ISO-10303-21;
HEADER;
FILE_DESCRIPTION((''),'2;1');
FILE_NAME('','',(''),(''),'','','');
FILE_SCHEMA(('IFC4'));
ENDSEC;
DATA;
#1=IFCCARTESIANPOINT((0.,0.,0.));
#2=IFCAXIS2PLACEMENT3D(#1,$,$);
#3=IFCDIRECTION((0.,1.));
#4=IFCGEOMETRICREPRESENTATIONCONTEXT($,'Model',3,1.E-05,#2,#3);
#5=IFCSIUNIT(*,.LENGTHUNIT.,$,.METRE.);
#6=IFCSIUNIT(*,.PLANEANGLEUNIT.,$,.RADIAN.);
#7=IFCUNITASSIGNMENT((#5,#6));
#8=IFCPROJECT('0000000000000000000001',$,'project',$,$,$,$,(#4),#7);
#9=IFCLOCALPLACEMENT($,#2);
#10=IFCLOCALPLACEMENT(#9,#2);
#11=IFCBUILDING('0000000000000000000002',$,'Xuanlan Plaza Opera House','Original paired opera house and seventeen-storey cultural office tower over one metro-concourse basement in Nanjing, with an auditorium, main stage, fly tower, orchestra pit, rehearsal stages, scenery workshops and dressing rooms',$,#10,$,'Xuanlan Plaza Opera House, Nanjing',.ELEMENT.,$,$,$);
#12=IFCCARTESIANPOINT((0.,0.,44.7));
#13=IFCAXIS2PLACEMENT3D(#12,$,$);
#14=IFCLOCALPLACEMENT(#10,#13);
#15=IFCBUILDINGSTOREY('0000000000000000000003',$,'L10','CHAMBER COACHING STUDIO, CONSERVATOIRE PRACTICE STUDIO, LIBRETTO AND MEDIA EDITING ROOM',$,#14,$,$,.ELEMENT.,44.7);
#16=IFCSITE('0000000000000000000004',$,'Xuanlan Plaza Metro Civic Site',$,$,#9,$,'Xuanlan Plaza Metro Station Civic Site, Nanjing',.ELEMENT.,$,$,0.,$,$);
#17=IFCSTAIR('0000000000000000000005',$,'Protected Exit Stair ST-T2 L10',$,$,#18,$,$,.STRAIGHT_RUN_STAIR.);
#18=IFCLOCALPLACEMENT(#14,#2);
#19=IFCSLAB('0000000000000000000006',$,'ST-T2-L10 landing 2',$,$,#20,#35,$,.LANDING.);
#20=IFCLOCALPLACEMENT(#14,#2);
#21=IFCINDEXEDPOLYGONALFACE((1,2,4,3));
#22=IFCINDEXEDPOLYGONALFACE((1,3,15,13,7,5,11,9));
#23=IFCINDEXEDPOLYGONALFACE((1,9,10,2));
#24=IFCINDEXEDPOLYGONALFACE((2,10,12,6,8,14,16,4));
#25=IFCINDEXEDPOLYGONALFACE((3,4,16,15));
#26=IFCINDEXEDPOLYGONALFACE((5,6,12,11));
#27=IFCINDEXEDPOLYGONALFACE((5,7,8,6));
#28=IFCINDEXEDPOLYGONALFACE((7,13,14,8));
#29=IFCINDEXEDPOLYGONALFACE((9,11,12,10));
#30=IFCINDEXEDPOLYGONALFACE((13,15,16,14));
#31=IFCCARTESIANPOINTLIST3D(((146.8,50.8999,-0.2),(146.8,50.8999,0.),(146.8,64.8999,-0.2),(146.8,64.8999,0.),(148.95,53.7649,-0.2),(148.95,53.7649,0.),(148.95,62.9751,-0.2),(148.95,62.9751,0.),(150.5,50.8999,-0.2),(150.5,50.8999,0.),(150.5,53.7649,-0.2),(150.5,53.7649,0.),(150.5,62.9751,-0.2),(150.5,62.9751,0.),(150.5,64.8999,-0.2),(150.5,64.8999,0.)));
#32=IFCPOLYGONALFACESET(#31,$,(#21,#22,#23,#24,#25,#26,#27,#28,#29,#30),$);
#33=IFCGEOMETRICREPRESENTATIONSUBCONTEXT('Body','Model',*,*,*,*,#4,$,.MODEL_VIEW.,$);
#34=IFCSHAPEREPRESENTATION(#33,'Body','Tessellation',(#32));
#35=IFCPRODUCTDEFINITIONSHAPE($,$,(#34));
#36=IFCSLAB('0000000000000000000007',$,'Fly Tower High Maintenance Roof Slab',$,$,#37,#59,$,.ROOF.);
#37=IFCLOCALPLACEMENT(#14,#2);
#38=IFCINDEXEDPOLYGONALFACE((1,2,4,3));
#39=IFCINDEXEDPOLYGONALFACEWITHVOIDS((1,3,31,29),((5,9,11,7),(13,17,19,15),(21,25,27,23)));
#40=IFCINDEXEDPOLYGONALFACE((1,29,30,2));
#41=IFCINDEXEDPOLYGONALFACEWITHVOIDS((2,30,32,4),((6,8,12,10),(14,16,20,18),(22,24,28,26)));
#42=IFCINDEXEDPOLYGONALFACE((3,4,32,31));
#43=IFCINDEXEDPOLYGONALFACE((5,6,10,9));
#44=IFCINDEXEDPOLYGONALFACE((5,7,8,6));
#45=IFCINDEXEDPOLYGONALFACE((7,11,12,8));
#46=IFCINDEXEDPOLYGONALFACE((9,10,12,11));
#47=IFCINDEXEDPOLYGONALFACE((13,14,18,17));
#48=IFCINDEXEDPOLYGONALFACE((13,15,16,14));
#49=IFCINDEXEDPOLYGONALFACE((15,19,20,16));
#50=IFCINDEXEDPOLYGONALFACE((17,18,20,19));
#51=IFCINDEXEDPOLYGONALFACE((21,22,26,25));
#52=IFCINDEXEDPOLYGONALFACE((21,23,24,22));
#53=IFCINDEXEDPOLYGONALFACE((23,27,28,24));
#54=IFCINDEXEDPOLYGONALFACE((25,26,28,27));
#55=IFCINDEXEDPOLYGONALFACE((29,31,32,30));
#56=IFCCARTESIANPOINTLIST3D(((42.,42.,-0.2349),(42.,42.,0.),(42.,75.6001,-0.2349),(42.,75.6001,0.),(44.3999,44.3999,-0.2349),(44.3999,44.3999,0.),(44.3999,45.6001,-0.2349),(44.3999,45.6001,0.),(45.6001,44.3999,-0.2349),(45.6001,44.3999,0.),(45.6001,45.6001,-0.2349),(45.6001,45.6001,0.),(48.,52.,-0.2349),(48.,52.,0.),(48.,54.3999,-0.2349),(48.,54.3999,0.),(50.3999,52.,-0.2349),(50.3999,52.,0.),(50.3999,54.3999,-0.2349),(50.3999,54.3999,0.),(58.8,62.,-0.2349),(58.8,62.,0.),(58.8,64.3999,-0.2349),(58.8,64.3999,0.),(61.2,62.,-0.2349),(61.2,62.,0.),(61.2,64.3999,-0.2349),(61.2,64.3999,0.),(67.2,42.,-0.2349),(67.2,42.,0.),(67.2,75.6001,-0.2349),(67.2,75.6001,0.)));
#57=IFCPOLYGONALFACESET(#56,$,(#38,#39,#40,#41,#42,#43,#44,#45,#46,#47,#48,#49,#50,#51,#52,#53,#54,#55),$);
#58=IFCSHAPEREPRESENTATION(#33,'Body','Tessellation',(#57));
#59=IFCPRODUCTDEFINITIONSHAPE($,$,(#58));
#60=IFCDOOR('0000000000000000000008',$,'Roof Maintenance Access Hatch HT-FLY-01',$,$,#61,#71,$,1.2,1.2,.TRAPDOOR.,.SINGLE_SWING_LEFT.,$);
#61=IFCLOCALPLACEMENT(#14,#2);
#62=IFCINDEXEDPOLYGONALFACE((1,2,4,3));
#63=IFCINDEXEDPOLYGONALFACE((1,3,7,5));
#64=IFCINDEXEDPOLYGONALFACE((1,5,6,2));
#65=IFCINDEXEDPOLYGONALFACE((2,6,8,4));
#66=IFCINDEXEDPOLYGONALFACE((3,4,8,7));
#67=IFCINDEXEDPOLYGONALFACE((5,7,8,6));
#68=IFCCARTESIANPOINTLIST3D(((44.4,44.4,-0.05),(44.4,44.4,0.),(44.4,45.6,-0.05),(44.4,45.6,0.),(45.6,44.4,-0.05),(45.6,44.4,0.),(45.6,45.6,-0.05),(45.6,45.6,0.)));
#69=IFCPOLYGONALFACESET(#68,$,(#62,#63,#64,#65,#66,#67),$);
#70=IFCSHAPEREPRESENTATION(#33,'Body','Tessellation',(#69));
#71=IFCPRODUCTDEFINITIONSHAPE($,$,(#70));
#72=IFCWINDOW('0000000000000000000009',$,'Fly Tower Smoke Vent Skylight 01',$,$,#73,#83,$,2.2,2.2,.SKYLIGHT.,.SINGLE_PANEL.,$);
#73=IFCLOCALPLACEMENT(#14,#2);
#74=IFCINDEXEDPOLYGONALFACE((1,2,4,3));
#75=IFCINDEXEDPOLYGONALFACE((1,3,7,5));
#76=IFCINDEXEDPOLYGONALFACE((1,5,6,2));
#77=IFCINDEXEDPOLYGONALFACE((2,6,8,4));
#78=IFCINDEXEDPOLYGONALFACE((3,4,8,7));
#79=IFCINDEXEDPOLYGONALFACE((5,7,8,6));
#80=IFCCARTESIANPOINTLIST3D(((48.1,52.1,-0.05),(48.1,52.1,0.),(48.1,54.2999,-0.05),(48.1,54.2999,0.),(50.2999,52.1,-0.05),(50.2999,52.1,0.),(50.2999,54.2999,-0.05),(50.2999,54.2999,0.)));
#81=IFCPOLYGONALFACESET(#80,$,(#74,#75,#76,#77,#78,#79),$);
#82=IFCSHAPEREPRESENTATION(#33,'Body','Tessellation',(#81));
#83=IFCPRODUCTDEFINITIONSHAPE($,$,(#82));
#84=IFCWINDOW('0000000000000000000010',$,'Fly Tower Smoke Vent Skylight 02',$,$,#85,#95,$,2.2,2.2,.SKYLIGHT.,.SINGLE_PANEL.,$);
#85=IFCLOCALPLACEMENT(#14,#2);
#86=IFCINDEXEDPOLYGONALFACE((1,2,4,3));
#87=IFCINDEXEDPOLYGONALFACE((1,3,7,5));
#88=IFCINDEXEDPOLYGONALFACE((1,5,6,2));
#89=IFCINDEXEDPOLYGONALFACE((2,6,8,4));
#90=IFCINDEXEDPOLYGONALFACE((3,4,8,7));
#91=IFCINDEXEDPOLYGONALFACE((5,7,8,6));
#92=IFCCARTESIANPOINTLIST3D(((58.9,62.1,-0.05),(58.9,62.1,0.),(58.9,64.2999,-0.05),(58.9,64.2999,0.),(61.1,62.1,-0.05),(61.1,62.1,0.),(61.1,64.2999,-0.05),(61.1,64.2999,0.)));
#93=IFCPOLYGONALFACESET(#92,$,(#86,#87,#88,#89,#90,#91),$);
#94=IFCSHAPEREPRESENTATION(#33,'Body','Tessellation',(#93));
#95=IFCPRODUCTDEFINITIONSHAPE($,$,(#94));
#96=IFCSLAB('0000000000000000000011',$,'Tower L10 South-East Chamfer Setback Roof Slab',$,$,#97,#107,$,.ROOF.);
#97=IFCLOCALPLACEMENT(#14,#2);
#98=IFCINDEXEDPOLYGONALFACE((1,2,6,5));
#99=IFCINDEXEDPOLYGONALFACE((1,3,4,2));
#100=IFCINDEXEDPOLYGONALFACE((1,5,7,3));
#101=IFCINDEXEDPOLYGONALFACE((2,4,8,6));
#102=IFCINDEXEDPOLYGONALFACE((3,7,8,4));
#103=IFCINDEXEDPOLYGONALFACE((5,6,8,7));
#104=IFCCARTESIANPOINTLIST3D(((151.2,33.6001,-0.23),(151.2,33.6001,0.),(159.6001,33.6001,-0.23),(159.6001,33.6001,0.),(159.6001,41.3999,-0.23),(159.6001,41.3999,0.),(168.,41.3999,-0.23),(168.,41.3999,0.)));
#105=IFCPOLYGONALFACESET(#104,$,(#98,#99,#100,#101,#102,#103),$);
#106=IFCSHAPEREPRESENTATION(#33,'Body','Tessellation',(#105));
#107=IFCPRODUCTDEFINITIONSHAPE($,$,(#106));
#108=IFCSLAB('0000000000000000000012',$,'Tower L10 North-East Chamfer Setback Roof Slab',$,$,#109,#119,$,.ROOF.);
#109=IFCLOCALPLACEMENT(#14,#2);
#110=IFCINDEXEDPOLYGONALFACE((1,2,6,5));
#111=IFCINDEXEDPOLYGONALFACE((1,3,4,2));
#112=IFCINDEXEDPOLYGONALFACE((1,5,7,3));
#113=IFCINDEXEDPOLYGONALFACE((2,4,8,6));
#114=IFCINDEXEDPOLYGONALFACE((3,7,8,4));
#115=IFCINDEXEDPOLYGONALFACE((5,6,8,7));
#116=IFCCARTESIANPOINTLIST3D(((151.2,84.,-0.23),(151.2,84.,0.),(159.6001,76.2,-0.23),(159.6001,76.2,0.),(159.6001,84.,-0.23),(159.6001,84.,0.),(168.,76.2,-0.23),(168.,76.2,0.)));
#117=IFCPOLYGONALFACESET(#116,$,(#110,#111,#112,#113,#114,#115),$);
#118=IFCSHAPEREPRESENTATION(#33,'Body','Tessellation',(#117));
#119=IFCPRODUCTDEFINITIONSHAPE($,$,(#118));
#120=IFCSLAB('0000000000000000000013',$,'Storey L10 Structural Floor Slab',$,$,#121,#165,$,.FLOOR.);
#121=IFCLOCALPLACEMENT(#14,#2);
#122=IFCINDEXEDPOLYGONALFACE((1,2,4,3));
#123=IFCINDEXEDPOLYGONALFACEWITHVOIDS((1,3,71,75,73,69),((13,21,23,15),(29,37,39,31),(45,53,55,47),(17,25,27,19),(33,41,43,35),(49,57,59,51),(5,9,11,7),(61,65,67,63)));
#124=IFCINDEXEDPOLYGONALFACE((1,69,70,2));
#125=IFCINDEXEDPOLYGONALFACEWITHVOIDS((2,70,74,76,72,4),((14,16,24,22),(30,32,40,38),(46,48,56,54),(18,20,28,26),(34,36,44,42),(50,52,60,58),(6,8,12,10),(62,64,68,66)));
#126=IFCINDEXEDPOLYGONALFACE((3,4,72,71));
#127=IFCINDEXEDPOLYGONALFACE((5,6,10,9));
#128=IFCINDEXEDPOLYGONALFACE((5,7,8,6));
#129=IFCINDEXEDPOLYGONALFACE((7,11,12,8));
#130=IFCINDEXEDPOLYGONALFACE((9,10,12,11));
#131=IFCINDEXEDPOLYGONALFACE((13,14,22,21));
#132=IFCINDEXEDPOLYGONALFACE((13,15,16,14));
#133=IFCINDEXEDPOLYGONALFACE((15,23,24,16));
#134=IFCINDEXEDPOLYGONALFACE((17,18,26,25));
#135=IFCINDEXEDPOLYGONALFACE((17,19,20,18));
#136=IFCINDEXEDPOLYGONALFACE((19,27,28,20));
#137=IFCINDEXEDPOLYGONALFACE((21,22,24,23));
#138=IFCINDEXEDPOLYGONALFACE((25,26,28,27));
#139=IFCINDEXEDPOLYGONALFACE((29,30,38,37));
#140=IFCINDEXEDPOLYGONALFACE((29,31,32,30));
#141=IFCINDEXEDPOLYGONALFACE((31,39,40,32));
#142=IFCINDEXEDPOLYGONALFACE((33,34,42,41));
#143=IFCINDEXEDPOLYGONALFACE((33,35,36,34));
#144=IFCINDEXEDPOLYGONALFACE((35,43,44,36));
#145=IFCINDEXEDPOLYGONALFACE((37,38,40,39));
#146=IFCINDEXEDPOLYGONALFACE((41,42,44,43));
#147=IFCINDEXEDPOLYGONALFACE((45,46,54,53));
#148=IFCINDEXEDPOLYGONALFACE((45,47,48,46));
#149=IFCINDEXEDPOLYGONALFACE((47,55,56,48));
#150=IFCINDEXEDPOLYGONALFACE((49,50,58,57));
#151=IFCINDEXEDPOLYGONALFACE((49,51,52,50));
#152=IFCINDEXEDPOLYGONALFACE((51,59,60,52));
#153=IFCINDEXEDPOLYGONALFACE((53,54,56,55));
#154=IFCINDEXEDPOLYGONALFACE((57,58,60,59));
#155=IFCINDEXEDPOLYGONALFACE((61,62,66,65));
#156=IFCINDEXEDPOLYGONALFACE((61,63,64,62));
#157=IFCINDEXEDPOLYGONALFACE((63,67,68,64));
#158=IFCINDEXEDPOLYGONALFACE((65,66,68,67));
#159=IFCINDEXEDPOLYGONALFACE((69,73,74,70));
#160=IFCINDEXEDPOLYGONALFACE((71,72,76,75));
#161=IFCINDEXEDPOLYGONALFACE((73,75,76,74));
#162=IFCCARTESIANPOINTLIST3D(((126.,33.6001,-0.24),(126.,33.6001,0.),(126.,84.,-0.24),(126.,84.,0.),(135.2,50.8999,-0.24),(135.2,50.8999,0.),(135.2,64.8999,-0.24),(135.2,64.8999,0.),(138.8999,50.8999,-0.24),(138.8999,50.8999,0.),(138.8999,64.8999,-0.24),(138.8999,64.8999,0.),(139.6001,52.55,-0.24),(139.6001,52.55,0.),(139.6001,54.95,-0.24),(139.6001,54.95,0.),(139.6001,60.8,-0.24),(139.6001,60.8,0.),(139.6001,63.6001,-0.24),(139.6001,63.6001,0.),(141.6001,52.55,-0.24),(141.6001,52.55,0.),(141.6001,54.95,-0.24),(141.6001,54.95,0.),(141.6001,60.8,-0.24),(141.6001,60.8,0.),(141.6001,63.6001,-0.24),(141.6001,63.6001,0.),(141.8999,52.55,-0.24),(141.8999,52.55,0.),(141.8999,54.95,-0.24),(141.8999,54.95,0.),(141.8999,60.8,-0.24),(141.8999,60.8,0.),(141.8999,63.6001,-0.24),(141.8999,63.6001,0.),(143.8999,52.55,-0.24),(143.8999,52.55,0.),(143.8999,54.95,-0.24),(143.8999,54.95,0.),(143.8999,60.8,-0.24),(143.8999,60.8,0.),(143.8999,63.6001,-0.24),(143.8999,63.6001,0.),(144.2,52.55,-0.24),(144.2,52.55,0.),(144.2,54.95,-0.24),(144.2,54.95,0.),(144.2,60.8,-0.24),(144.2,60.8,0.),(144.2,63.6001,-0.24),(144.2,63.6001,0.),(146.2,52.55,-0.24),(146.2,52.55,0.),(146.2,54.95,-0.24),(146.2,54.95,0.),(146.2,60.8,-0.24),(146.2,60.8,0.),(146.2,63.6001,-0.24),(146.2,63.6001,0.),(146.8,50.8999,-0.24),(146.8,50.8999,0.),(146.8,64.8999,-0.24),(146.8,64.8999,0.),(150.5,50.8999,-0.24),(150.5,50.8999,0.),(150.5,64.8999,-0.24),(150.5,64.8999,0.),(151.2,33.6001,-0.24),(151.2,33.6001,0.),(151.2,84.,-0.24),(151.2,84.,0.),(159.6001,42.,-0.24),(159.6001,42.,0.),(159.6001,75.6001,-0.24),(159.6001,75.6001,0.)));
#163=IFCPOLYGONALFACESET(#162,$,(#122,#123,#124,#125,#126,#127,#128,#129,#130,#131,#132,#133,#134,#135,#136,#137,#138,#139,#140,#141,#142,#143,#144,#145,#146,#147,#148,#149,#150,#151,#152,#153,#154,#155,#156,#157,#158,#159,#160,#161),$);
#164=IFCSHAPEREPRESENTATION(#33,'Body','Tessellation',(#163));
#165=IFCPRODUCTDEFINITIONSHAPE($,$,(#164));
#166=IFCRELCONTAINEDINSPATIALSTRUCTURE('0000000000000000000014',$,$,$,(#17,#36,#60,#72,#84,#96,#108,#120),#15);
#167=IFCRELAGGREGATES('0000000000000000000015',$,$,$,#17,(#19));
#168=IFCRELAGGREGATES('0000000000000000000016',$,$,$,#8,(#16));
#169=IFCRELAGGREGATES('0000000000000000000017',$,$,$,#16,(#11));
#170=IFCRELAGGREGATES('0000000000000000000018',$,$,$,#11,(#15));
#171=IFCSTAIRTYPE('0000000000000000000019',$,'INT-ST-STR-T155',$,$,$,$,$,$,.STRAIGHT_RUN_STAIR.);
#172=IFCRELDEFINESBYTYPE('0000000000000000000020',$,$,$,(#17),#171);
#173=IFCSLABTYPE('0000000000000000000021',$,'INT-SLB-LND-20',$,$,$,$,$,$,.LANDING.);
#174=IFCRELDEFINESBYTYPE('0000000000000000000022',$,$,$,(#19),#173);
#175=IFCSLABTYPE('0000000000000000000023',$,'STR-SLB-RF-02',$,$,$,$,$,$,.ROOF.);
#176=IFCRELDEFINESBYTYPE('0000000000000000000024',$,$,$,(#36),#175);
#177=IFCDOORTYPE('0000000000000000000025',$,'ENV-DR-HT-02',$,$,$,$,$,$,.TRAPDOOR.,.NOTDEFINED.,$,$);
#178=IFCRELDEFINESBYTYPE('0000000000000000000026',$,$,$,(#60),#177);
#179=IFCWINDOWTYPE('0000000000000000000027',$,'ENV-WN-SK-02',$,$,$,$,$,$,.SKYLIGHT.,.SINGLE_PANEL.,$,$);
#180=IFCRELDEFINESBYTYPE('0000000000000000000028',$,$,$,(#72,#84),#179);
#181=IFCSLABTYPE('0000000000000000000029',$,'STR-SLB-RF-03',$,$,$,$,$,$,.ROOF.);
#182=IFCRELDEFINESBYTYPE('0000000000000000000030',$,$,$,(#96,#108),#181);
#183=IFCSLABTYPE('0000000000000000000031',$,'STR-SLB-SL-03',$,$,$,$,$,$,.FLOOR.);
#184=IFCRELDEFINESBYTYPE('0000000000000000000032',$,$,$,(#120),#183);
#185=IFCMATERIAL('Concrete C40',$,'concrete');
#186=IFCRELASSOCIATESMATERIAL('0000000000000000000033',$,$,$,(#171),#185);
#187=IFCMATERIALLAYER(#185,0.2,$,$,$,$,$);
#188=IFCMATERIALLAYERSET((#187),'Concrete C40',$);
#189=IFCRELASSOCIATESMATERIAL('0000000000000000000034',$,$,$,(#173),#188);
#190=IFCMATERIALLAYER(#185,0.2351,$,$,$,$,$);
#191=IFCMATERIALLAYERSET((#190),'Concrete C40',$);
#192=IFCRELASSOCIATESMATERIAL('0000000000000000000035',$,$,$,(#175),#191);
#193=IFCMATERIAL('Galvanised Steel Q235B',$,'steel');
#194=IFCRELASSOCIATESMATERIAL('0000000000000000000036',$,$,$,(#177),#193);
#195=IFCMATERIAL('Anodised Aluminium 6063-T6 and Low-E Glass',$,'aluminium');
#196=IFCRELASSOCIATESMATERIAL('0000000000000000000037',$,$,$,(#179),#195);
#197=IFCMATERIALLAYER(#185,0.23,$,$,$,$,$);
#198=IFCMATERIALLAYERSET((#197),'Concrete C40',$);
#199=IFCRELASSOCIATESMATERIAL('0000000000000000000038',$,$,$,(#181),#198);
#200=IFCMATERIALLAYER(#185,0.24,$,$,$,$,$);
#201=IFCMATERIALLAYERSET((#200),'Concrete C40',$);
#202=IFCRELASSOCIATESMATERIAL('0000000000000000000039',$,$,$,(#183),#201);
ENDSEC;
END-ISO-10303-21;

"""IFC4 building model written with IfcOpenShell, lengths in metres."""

from ifc_helpers import new_model, si_unit, direction, frame, origin, origin_2d, place, context, subcontext, project, spatial, polyline, rectangle, outline, extrude, material, layer, layer_set, type_object, element, fill, aggregate, save


model = new_model("IFC4")

# Units and contexts
model_context = context("Model", 3, precision=1e-05, world=origin(), true_north=direction((0.0, 1.0)))
body_context = subcontext(model_context, "Body", "Model", "MODEL_VIEW")
ifc_project = project(units=[si_unit("LENGTHUNIT", "METRE"), si_unit("PLANEANGLEUNIT", "RADIAN")], contexts=[model_context])

# Site, building, storey
site_placement = place(None, origin())
site = spatial("IfcSite", under=ifc_project, at=site_placement, Name="Xuanlan Plaza Metro Civic Site", LongName="Xuanlan Plaza Metro Station Civic Site, Nanjing", CompositionType="ELEMENT", RefElevation=0.0)
building_placement = place(site_placement, origin())
building = spatial("IfcBuilding", under=site, at=building_placement, Name="Xuanlan Plaza Opera House", Description="Original paired opera house and seventeen-storey cultural office tower over one metro-concourse basement in Nanjing, with an auditorium, main stage, fly tower, orchestra pit, rehearsal stages, scenery workshops and dressing rooms", LongName="Xuanlan Plaza Opera House, Nanjing", CompositionType="ELEMENT")
storey_placement = place(building_placement, frame((0.0, 0.0, 44.7)))
storey = spatial("IfcBuildingStorey", under=building, at=storey_placement, Name="L10", Description="CHAMBER COACHING STUDIO, CONSERVATOIRE PRACTICE STUDIO, LIBRETTO AND MEDIA EDITING ROOM", CompositionType="ELEMENT", Elevation=44.7)

# Stair, slab
ifc_material_1 = material(Name="Concrete C40", Category="concrete")
stair_type = type_object("IfcStairType", Name="INT-ST-STR-T155", PredefinedType="STRAIGHT_RUN_STAIR", material=ifc_material_1)
ifc_layer_1 = layer(ifc_material_1, 0.2)
ifc_layer_set_1 = layer_set([ifc_layer_1], Name="Concrete C40")
slab_type_1 = type_object("IfcSlabType", Name="INT-SLB-LND-20", PredefinedType="LANDING", material=ifc_layer_set_1)
stair_1_placement = place(storey_placement, origin())
stair_1 = element("IfcStair", 1, at=stair_1_placement, inside=storey, type_object=stair_type, Name="Protected Exit Stair ST-T2 L10", PredefinedType="STRAIGHT_RUN_STAIR")
slab_1_placement = place(storey_placement, frame((0.0, 0.0, -0.2)))
slab_1 = element("IfcSlab", 2, at=slab_1_placement, type_object=slab_type_1, Name="ST-T2-L10 landing 2", PredefinedType="LANDING", context=body_context, shape_type="SweptSolid", body=[
    extrude(outline(polyline([(146.8, 50.8999), (150.5, 50.8999), (150.5, 53.7649), (148.95, 53.7649), (148.95, 62.9751), (150.5, 62.9751), (150.5, 64.8999), (146.8, 64.8999), (146.8, 50.8999)])), origin(), (0.0, 0.0, 1.0), 0.2),
])
aggregate(stair_1, [slab_1])

# Slab, openings, door, windows
ifc_layer_2 = layer(ifc_material_1, 0.2351)
ifc_layer_set_2 = layer_set([ifc_layer_2], Name="Concrete C40")
slab_type_2 = type_object("IfcSlabType", Name="STR-SLB-RF-02", PredefinedType="ROOF", material=ifc_layer_set_2)
slab_2_placement = place(storey_placement, frame((0.0, 0.0, -0.2349)))
slab_2 = element("IfcSlab", 3, at=slab_2_placement, inside=storey, type_object=slab_type_2, Name="Fly Tower High Maintenance Roof Slab", PredefinedType="ROOF", context=body_context, shape_type="SweptSolid", body=[
    extrude(outline(polyline([(42.0, 42.0), (67.2, 42.0), (67.2, 75.6001), (42.0, 75.6001), (42.0, 42.0)]), holes=[polyline([(48.0, 52.0), (50.3999, 52.0), (50.3999, 54.3999), (48.0, 54.3999), (48.0, 52.0)]), polyline([(58.8, 62.0), (61.2, 62.0), (61.2, 64.3999), (58.8, 64.3999), (58.8, 62.0)]), polyline([(44.3999, 44.3999), (45.6001, 44.3999), (45.6001, 45.6001), (44.3999, 45.6001), (44.3999, 44.3999)])]), origin(), (0.0, 0.0, 1.0), 0.2349),
])
opening_1_placement = place(slab_2_placement, frame((49.2, 53.2, 0.0)))
opening_1 = element("IfcOpeningElement", 4, at=opening_1_placement, cuts=slab_2, PredefinedType="OPENING", context=body_context, shape_type="SweptSolid", body=[
    extrude(rectangle(XDim=2.2, YDim=2.2, at=origin_2d()), origin(), (0.0, 0.0, 1.0), 0.2349),
])
opening_2_placement = place(slab_2_placement, frame((60.0, 63.2, 0.0)))
opening_2 = element("IfcOpeningElement", 5, at=opening_2_placement, cuts=slab_2, PredefinedType="OPENING", context=body_context, shape_type="SweptSolid", body=[
    extrude(rectangle(XDim=2.2, YDim=2.2, at=origin_2d()), origin(), (0.0, 0.0, 1.0), 0.2349),
])
opening_3_placement = place(slab_2_placement, frame((45.0, 45.0, 0.0)))
opening_3 = element("IfcOpeningElement", 6, at=opening_3_placement, cuts=slab_2, PredefinedType="OPENING", context=body_context, shape_type="SweptSolid", body=[
    extrude(rectangle(XDim=1.2, YDim=1.2, at=origin_2d()), origin(), (0.0, 0.0, 1.0), 0.2349),
])
ifc_material_2 = material(Name="Galvanised Steel Q235B", Category="steel")
door_type = type_object("IfcDoorType", Name="ENV-DR-HT-02", OperationType="NOTDEFINED", PredefinedType="TRAPDOOR", material=ifc_material_2)
door_placement = place(opening_3_placement, frame((0.0, 0.0, 0.1848)))
door = element("IfcDoor", 7, at=door_placement, inside=storey, type_object=door_type, Name="Roof Maintenance Access Hatch HT-FLY-01", OperationType="SINGLE_SWING_LEFT", OverallHeight=1.2, OverallWidth=1.2, PredefinedType="TRAPDOOR", context=body_context, shape_type="SweptSolid", body=[
    extrude(rectangle(XDim=1.2, YDim=1.2, at=origin_2d()), origin(), (0.0, 0.0, 1.0), 0.05),
])
fill(opening_3, door)
ifc_material_3 = material(Name="Anodised Aluminium 6063-T6 and Low-E Glass", Category="aluminium")
window_type = type_object("IfcWindowType", Name="ENV-WN-SK-02", PartitioningType="SINGLE_PANEL", PredefinedType="SKYLIGHT", material=ifc_material_3)
window_1_placement = place(opening_1_placement, frame((0.0, 0.0, 0.1848)))
window_1 = element("IfcWindow", 8, at=window_1_placement, inside=storey, type_object=window_type, Name="Fly Tower Smoke Vent Skylight 01", OverallHeight=2.2, OverallWidth=2.2, PartitioningType="SINGLE_PANEL", PredefinedType="SKYLIGHT", context=body_context, shape_type="SweptSolid", body=[
    extrude(rectangle(XDim=2.2, YDim=2.2, at=origin_2d()), origin(), (0.0, 0.0, 1.0), 0.05),
])
fill(opening_1, window_1)
window_2_placement = place(opening_2_placement, frame((0.0, 0.0, 0.1848)))
window_2 = element("IfcWindow", 9, at=window_2_placement, inside=storey, type_object=window_type, Name="Fly Tower Smoke Vent Skylight 02", OverallHeight=2.2, OverallWidth=2.2, PartitioningType="SINGLE_PANEL", PredefinedType="SKYLIGHT", context=body_context, shape_type="SweptSolid", body=[
    extrude(rectangle(XDim=2.2, YDim=2.2, at=origin_2d()), origin(), (0.0, 0.0, 1.0), 0.05),
])
fill(opening_2, window_2)

# Slabs
ifc_layer_3 = layer(ifc_material_1, 0.23)
ifc_layer_set_3 = layer_set([ifc_layer_3], Name="Concrete C40")
slab_type_3 = type_object("IfcSlabType", Name="STR-SLB-RF-03", PredefinedType="ROOF", material=ifc_layer_set_3)
slab_3_placement = place(storey_placement, frame((0.0, 0.0, -0.23)))
element("IfcSlab", 10, at=slab_3_placement, inside=storey, type_object=slab_type_3, Name="Tower L10 South-East Chamfer Setback Roof Slab", PredefinedType="ROOF", context=body_context, shape_type="SweptSolid", body=[
    extrude(outline(polyline([(151.2, 33.6001), (159.6001, 33.6001), (168.0, 41.3999), (159.6001, 41.3999), (151.2, 33.6001)])), origin(), (0.0, 0.0, 1.0), 0.23),
])
slab_4_placement = place(storey_placement, frame((0.0, 0.0, -0.23)))
element("IfcSlab", 11, at=slab_4_placement, inside=storey, type_object=slab_type_3, Name="Tower L10 North-East Chamfer Setback Roof Slab", PredefinedType="ROOF", context=body_context, shape_type="SweptSolid", body=[
    extrude(outline(polyline([(159.6001, 76.2), (168.0, 76.2), (159.6001, 84.0), (151.2, 84.0), (159.6001, 76.2)])), origin(), (0.0, 0.0, 1.0), 0.23),
])
ifc_layer_4 = layer(ifc_material_1, 0.24)
ifc_layer_set_4 = layer_set([ifc_layer_4], Name="Concrete C40")
slab_type_4 = type_object("IfcSlabType", Name="STR-SLB-SL-03", PredefinedType="FLOOR", material=ifc_layer_set_4)
slab_5_placement = place(storey_placement, frame((0.0, 0.0, -0.24)))
element("IfcSlab", 12, at=slab_5_placement, inside=storey, type_object=slab_type_4, Name="Storey L10 Structural Floor Slab", PredefinedType="FLOOR", context=body_context, shape_type="SweptSolid", body=[
    extrude(outline(polyline([(126.0, 33.6001), (151.2, 33.6001), (159.6001, 42.0), (159.6001, 75.6001), (151.2, 84.0), (126.0, 84.0), (126.0, 33.6001)]), holes=[polyline([(135.2, 50.8999), (138.8999, 50.8999), (138.8999, 64.8999), (135.2, 64.8999), (135.2, 50.8999)]), polyline([(146.8, 50.8999), (150.5, 50.8999), (150.5, 64.8999), (146.8, 64.8999), (146.8, 50.8999)]), polyline([(139.6001, 60.8), (141.6001, 60.8), (141.6001, 63.6001), (139.6001, 63.6001), (139.6001, 60.8)]), polyline([(141.8999, 60.8), (143.8999, 60.8), (143.8999, 63.6001), (141.8999, 63.6001), (141.8999, 60.8)]), polyline([(144.2, 60.8), (146.2, 60.8), (146.2, 63.6001), (144.2, 63.6001), (144.2, 60.8)]), polyline([(139.6001, 52.55), (141.6001, 52.55), (141.6001, 54.95), (139.6001, 54.95), (139.6001, 52.55)]), polyline([(141.8999, 52.55), (143.8999, 52.55), (143.8999, 54.95), (141.8999, 54.95), (141.8999, 52.55)]), polyline([(144.2, 52.55), (146.2, 52.55), (146.2, 54.95), (144.2, 54.95), (144.2, 52.55)])]), origin(), (0.0, 0.0, 1.0), 0.24),
])

save(model, "model.ifc")
